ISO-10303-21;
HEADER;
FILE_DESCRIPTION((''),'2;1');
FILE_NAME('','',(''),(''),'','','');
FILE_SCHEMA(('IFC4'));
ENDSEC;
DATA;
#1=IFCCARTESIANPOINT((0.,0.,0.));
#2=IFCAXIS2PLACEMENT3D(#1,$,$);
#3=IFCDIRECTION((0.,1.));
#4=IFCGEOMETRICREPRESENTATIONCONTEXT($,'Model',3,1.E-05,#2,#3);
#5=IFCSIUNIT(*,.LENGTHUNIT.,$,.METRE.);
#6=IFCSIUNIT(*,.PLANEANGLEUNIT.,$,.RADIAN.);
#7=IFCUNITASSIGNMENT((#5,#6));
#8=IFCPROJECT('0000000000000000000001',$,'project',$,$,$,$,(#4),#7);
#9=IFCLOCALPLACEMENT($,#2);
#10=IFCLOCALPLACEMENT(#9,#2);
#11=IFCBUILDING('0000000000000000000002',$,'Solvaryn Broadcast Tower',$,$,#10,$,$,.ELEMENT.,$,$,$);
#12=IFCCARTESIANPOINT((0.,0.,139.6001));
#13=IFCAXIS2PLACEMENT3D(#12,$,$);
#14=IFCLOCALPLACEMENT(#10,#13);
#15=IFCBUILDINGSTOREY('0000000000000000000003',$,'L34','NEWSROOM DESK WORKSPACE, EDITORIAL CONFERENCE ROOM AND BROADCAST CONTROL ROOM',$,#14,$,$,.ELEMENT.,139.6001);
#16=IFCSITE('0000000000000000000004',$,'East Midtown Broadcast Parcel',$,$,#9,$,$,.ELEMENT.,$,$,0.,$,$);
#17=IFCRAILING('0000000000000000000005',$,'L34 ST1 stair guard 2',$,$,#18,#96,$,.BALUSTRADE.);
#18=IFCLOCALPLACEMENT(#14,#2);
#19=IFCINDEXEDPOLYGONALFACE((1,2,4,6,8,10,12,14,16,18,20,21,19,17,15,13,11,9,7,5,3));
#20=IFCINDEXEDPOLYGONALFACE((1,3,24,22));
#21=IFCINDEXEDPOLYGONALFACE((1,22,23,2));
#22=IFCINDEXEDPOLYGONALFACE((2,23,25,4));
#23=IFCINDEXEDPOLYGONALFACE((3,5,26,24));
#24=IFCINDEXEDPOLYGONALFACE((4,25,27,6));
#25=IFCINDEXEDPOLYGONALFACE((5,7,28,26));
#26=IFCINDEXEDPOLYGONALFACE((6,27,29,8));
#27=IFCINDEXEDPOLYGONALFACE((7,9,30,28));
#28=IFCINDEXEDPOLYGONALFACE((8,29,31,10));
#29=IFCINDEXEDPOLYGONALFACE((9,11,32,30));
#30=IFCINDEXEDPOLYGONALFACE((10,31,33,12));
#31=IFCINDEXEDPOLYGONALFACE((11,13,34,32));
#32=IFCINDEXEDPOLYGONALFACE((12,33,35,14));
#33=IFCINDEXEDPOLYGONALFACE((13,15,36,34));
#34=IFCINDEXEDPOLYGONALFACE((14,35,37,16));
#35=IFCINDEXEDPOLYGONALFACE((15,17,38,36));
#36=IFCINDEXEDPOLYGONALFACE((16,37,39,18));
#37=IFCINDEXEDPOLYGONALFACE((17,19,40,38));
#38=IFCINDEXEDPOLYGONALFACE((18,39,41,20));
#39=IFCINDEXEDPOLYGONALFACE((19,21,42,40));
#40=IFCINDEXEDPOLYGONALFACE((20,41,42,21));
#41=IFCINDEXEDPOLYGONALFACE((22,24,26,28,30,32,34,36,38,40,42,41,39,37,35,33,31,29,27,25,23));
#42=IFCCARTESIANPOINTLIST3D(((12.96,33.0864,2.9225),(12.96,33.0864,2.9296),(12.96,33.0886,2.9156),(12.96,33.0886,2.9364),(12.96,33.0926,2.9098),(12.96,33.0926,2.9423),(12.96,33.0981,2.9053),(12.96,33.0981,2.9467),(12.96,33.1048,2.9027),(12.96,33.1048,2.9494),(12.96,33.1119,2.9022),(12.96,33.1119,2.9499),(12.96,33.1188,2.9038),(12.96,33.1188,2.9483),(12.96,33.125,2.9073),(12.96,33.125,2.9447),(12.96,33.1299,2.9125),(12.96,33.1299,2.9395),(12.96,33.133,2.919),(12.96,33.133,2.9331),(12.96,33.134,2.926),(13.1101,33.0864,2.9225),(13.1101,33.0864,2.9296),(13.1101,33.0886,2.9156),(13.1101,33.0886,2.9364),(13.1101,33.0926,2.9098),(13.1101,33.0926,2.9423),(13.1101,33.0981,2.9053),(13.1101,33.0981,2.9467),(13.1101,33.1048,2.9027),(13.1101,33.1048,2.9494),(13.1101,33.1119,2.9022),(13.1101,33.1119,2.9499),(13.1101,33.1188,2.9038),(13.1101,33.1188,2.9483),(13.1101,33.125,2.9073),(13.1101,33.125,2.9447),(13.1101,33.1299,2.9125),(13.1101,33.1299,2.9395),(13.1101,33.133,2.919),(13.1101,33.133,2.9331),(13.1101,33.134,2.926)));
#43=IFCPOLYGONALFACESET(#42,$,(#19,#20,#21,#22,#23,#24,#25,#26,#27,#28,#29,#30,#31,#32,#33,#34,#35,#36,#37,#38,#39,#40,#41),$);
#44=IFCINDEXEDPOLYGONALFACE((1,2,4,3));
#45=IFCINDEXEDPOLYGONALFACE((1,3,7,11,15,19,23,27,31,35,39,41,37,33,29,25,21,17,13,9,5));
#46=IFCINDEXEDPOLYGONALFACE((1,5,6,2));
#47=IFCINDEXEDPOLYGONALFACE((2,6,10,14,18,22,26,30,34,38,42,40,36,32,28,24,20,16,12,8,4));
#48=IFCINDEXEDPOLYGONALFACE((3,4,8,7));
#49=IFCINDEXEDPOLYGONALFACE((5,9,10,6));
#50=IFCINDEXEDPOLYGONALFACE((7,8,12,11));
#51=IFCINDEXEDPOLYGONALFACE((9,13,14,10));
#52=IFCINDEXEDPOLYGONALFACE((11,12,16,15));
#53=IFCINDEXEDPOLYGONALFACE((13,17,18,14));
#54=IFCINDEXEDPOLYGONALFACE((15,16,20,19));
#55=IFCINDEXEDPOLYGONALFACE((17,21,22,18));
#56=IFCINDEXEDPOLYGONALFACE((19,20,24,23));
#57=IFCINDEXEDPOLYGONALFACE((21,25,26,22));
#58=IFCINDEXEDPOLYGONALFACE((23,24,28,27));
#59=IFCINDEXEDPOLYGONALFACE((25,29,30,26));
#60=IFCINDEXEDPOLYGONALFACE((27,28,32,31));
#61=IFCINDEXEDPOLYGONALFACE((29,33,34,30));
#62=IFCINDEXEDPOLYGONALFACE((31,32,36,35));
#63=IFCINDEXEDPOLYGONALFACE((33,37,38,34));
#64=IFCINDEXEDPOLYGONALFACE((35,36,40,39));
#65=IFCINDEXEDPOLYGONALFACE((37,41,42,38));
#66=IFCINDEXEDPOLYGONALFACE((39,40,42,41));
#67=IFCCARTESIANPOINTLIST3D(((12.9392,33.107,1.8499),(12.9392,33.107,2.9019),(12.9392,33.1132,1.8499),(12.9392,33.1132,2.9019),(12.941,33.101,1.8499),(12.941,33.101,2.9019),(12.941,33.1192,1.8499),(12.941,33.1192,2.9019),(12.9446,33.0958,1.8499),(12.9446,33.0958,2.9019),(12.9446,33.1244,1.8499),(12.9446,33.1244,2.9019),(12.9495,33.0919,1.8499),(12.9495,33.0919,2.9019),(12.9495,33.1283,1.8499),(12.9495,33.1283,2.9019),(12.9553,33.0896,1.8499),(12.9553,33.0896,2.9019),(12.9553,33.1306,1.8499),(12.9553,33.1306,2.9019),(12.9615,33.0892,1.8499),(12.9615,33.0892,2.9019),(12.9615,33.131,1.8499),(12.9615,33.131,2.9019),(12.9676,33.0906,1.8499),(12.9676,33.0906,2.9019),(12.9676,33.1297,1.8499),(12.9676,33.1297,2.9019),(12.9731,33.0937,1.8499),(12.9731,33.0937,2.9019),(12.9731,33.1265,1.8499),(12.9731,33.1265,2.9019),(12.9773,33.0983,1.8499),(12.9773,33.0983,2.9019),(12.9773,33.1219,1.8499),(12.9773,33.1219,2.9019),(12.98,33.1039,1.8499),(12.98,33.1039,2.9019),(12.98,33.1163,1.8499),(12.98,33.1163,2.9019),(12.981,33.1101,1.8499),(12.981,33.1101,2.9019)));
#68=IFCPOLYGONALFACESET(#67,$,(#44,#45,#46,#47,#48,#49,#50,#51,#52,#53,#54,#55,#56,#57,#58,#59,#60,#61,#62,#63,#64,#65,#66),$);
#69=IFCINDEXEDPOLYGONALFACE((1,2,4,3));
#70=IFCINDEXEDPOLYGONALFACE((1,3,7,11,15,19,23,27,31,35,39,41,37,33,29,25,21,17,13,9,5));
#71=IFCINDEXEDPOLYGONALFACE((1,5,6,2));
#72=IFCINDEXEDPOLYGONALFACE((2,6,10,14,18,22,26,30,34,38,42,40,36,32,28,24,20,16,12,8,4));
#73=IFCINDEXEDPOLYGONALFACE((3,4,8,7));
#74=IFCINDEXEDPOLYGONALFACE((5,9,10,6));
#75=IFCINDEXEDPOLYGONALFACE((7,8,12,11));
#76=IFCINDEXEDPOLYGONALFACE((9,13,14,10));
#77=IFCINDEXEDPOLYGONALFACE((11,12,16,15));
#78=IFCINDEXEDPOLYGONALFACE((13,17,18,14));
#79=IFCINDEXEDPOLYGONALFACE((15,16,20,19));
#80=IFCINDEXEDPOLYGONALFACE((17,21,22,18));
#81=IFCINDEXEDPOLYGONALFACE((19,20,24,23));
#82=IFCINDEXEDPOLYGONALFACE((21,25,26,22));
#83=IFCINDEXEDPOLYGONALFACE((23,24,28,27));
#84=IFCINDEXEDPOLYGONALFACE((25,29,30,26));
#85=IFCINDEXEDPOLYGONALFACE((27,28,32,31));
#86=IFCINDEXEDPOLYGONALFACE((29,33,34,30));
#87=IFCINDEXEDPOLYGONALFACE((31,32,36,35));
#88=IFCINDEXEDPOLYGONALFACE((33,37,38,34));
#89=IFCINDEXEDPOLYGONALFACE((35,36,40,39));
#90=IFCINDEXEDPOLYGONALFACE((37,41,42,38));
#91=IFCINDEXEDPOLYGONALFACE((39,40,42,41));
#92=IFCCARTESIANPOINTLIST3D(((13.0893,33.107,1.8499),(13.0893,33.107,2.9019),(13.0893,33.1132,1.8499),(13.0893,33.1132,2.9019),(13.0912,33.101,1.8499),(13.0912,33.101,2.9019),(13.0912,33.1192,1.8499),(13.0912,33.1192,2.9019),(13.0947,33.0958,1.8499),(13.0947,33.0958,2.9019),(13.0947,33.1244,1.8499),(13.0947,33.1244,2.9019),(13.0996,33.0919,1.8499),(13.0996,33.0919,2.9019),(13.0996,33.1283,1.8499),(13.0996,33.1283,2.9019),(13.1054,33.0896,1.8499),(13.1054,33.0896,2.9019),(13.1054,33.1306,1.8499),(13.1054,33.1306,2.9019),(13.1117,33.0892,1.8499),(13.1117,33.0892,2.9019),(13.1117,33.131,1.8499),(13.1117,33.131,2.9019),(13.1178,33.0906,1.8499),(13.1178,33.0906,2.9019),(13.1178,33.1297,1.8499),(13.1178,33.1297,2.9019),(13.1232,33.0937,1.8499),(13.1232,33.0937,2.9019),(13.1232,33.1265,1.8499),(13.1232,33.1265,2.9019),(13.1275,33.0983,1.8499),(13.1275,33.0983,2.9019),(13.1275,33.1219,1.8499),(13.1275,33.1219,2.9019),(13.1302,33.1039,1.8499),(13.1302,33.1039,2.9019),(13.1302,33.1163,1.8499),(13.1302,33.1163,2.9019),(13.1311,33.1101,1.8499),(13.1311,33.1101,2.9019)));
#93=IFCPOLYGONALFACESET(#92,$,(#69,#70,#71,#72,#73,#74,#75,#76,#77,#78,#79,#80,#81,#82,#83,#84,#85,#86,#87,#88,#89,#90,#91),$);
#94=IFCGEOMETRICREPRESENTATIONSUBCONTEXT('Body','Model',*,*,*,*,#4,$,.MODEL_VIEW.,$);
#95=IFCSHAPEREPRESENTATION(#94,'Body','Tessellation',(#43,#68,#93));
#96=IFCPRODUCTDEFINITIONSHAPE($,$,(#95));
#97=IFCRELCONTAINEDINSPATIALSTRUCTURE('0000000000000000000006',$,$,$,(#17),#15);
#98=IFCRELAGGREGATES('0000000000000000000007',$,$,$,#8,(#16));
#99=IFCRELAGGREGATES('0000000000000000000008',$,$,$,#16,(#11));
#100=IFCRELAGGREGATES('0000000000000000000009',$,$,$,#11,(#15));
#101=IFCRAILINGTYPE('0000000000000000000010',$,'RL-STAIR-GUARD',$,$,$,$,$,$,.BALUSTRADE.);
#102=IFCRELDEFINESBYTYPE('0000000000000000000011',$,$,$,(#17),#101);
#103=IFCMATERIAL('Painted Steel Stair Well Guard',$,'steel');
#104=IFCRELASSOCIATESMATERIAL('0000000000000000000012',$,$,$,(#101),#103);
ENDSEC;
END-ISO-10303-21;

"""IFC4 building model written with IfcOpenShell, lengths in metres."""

from ifc_helpers import new_model, si_unit, direction, frame, origin, origin_2d, place, context, subcontext, project, spatial, circle, extrude, material, type_object, element, save


model = new_model("IFC4")

# Units and contexts
model_context = context("Model", 3, precision=1e-05, world=origin(), true_north=direction((0.0, 1.0)))
body_context = subcontext(model_context, "Body", "Model", "MODEL_VIEW")
ifc_project = project(units=[si_unit("LENGTHUNIT", "METRE"), si_unit("PLANEANGLEUNIT", "RADIAN")], contexts=[model_context])

# Site, building, storey
site_placement = place(None, origin())
site = spatial("IfcSite", under=ifc_project, at=site_placement, Name="East Midtown Broadcast Parcel", CompositionType="ELEMENT", RefElevation=0.0)
building_placement = place(site_placement, origin())
building = spatial("IfcBuilding", under=site, at=building_placement, Name="Solvaryn Broadcast Tower", CompositionType="ELEMENT")
storey_placement = place(building_placement, frame((0.0, 0.0, 139.6001)))
storey = spatial("IfcBuildingStorey", under=building, at=storey_placement, Name="L34", Description="NEWSROOM DESK WORKSPACE, EDITORIAL CONFERENCE ROOM AND BROADCAST CONTROL ROOM", CompositionType="ELEMENT", Elevation=139.6001)

# Railing
ifc_material_1 = material(Name="Painted Steel Stair Well Guard", Category="steel")
railing_type_1 = type_object("IfcRailingType", Name="RL-STAIR-GUARD", PredefinedType="BALUSTRADE", material=ifc_material_1)
railing_1_placement = place(storey_placement, frame((12.96, 33.1101, 1.8499)))
element("IfcRailing", 1, at=railing_1_placement, inside=storey, type_object=railing_type_1, Name="L34 ST1 stair guard 2", PredefinedType="BALUSTRADE", context=body_context, shape_type="SweptSolid", body=[
    extrude(circle(Radius=0.0239, at=origin_2d()), frame((0.0, 0.0, 1.0762), z_axis=(1.0, 0.0, 0.0), x_axis=(0.0, 1.0, 0.0)), (0.0, 0.0, 1.0), 0.1501),
    extrude(circle(Radius=0.021, at=origin_2d()), origin(), (0.0, 0.0, 1.0), 1.052),
    extrude(circle(Radius=0.021, at=origin_2d()), frame((0.1501, 0.0, 0.0)), (0.0, 0.0, 1.0), 1.052),
])

save(model, "model.ifc")
